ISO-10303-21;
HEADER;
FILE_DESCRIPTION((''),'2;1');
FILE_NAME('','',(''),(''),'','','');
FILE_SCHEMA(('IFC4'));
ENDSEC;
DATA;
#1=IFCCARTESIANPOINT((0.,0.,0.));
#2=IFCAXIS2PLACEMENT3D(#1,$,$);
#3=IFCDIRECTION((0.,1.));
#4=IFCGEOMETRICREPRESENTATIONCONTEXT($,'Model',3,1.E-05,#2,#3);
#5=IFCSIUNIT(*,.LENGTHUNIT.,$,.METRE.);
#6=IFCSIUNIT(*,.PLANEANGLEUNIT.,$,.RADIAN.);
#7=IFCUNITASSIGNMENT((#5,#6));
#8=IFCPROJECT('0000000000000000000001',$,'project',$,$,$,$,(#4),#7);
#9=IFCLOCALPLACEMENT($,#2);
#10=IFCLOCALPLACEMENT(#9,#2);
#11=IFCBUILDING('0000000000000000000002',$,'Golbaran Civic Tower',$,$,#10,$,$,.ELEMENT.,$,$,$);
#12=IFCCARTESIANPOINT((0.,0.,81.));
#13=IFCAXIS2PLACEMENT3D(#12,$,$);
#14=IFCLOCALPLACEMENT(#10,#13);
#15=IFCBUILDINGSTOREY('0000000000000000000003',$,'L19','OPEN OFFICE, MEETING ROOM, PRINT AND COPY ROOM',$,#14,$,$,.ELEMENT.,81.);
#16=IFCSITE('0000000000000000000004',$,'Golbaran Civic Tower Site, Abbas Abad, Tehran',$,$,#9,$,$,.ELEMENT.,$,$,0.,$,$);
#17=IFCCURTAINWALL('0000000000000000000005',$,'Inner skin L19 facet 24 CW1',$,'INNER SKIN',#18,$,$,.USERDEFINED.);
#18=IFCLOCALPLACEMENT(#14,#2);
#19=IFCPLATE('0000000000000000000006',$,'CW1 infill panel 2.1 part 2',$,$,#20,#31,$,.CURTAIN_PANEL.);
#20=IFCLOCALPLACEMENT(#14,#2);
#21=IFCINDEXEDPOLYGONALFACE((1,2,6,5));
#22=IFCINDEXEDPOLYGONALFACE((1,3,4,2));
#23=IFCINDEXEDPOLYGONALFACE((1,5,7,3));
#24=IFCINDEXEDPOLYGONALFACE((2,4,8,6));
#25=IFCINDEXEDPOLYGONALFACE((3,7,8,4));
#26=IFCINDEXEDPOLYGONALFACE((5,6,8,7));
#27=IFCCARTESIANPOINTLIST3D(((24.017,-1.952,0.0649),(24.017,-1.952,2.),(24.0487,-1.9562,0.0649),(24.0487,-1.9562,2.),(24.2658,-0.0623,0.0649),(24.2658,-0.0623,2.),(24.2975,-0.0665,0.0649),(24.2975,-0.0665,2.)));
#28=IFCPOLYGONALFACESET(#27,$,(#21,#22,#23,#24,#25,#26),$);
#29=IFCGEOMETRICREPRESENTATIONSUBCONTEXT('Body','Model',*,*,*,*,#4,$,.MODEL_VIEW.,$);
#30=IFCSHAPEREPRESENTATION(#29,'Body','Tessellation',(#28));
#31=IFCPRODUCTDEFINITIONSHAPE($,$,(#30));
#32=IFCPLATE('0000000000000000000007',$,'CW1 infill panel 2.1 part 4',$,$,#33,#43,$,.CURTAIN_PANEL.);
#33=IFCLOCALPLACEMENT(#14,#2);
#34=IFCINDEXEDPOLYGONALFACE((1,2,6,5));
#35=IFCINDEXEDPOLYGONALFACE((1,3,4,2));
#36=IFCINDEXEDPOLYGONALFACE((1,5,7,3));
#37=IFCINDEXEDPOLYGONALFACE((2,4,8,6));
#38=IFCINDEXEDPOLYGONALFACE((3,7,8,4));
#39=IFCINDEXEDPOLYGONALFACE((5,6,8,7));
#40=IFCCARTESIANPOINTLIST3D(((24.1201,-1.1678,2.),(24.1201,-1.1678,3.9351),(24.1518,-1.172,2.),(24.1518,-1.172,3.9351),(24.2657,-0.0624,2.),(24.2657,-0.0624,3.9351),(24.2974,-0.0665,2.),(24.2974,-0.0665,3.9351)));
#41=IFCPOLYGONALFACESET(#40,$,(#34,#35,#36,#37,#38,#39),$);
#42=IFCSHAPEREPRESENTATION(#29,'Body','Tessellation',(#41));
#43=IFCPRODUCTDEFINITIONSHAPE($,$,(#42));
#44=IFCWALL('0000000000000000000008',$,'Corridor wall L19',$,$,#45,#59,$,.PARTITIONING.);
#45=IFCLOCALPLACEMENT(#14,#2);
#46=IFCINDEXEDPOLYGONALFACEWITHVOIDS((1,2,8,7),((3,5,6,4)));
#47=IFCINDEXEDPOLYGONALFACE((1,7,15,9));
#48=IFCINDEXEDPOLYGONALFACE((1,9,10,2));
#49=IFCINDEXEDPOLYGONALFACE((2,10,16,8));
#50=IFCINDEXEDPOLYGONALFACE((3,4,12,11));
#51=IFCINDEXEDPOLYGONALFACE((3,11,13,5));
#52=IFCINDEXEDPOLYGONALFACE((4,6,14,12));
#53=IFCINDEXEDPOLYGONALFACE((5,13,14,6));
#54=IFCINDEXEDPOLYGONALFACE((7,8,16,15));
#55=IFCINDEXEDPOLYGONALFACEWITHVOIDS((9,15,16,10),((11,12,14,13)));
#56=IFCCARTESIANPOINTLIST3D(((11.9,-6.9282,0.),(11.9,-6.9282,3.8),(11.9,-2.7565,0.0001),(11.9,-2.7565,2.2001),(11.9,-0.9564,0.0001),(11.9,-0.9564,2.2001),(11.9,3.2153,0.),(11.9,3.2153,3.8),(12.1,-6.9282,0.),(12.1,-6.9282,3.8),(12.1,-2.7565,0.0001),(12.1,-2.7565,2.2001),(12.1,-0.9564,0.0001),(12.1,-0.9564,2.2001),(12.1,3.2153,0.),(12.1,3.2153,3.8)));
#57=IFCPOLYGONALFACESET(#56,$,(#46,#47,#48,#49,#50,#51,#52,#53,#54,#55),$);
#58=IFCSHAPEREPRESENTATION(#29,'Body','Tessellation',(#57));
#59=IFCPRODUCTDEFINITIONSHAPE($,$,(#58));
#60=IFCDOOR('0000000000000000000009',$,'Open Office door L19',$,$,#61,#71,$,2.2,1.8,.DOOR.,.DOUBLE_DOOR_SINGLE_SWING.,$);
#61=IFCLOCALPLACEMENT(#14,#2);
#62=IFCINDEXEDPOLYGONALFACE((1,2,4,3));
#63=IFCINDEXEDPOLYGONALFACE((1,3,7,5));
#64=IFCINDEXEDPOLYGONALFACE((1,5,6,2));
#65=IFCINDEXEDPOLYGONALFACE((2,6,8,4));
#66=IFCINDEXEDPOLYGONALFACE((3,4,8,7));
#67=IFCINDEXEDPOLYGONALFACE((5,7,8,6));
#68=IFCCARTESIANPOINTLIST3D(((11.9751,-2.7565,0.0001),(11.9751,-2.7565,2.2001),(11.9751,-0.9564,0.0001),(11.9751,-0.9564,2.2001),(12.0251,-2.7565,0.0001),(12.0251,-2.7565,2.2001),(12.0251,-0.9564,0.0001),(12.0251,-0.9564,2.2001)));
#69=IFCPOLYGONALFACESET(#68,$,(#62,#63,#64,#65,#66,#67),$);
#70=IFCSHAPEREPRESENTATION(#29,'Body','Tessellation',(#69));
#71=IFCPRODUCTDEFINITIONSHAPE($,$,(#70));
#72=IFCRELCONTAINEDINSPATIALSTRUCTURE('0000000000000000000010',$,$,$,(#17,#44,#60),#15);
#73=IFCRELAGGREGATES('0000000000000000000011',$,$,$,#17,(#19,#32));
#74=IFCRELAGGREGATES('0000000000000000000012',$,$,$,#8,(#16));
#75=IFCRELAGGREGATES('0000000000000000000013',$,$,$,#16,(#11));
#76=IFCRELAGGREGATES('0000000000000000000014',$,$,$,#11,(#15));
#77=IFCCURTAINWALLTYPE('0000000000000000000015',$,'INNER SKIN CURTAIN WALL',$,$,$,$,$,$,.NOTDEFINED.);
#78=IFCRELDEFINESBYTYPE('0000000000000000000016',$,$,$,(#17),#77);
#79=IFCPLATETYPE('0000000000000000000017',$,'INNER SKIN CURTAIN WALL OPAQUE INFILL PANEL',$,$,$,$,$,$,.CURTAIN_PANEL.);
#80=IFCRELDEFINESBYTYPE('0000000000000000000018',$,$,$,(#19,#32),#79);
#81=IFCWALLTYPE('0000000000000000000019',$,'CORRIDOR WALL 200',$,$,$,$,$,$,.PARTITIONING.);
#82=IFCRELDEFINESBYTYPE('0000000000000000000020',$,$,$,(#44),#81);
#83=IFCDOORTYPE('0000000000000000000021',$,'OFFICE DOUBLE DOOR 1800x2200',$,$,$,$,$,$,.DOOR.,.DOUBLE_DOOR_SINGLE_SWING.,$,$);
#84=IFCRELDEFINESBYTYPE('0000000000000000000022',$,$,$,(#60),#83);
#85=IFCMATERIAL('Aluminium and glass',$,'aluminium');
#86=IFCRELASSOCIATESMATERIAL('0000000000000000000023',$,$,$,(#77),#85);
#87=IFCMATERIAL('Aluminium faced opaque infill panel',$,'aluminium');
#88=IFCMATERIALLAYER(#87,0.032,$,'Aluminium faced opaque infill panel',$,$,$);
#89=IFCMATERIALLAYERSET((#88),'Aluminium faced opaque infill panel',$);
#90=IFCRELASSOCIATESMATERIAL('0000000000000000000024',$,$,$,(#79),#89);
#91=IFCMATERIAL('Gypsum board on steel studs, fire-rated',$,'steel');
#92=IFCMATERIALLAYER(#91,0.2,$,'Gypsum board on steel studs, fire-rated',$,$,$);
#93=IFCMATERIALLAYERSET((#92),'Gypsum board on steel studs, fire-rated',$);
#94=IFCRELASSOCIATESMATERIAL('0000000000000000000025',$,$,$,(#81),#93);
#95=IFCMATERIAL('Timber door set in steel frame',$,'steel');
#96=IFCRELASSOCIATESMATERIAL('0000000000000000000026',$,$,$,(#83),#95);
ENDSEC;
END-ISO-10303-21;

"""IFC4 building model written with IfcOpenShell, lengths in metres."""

from ifc_helpers import new_model, si_unit, direction, frame, frame_2d, origin, origin_2d, place, context, subcontext, project, spatial, rectangle, extrude, material, layer, layer_set, type_object, element, fill, aggregate, save


model = new_model("IFC4")

# Units and contexts
model_context = context("Model", 3, precision=1e-05, world=origin(), true_north=direction((0.0, 1.0)))
body_context = subcontext(model_context, "Body", "Model", "MODEL_VIEW")
ifc_project = project(units=[si_unit("LENGTHUNIT", "METRE"), si_unit("PLANEANGLEUNIT", "RADIAN")], contexts=[model_context])

# Site, building, storey
site_placement = place(None, origin())
site = spatial("IfcSite", under=ifc_project, at=site_placement, Name="Golbaran Civic Tower Site, Abbas Abad, Tehran", CompositionType="ELEMENT", RefElevation=0.0)
building_placement = place(site_placement, origin())
building = spatial("IfcBuilding", under=site, at=building_placement, Name="Golbaran Civic Tower", CompositionType="ELEMENT")
storey_placement = place(building_placement, frame((0.0, 0.0, 81.0)))
storey = spatial("IfcBuildingStorey", under=building, at=storey_placement, Name="L19", Description="OPEN OFFICE, MEETING ROOM, PRINT AND COPY ROOM", CompositionType="ELEMENT", Elevation=81.0)

# Curtain wall
ifc_material_1 = material(Name="Aluminium and glass", Category="aluminium")
curtain_wall_type = type_object("IfcCurtainWallType", Name="INNER SKIN CURTAIN WALL", PredefinedType="NOTDEFINED", material=ifc_material_1)
curtain_wall_1_placement = place(storey_placement, origin())
curtain_wall_1 = element("IfcCurtainWall", 1, at=curtain_wall_1_placement, inside=storey, type_object=curtain_wall_type, Name="Inner skin L19 facet 24 CW1", ObjectType="INNER SKIN", PredefinedType="USERDEFINED")

# Plates
ifc_material_2 = material(Name="Aluminium faced opaque infill panel", Category="aluminium")
ifc_layer_1 = layer(ifc_material_2, 0.032, Name="Aluminium faced opaque infill panel")
ifc_layer_set_1 = layer_set([ifc_layer_1], Name="Aluminium faced opaque infill panel")
plate_type_1 = type_object("IfcPlateType", Name="INNER SKIN CURTAIN WALL OPAQUE INFILL PANEL", PredefinedType="CURTAIN_PANEL", material=ifc_layer_set_1)
plate_1_placement = place(storey_placement, frame((24.1572, -1.0093, 0.0649), z_axis=(0.0, 0.0, 1.0), x_axis=(0.130526, 0.991445, 0.0)))
plate_1 = element("IfcPlate", 2, at=plate_1_placement, type_object=plate_type_1, Name="CW1 infill panel 2.1 part 2", PredefinedType="CURTAIN_PANEL", context=body_context, shape_type="SweptSolid", body=[
    extrude(rectangle(XDim=1.906, YDim=0.032, at=origin_2d()), origin(), (0.0, 0.0, 1.0), 1.9351),
])
plate_2_placement = place(storey_placement, frame((24.2087, -0.6172, 2.0), z_axis=(0.0, 0.0, 1.0), x_axis=(0.130526, 0.991445, 0.0)))
plate_2 = element("IfcPlate", 3, at=plate_2_placement, type_object=plate_type_1, Name="CW1 infill panel 2.1 part 4", PredefinedType="CURTAIN_PANEL", context=body_context, shape_type="SweptSolid", body=[
    extrude(rectangle(XDim=1.115, YDim=0.032, at=origin_2d()), origin(), (0.0, 0.0, 1.0), 1.9351),
])
aggregate(curtain_wall_1, [plate_1, plate_2])

# Wall, opening, door
ifc_material_3 = material(Name="Gypsum board on steel studs, fire-rated", Category="steel")
ifc_layer_2 = layer(ifc_material_3, 0.2, Name="Gypsum board on steel studs, fire-rated")
ifc_layer_set_2 = layer_set([ifc_layer_2], Name="Gypsum board on steel studs, fire-rated")
wall_type = type_object("IfcWallType", Name="CORRIDOR WALL 200", PredefinedType="PARTITIONING", material=ifc_layer_set_2)
wall_placement = place(storey_placement, frame((12.0, -6.9282, 0.0), z_axis=(0.0, 0.0, 1.0), x_axis=(0.0, 1.0, 0.0)))
wall = element("IfcWall", 4, at=wall_placement, inside=storey, type_object=wall_type, Name="Corridor wall L19", PredefinedType="PARTITIONING", context=body_context, shape_type="SweptSolid", body=[
    extrude(rectangle(XDim=10.1436, YDim=0.2, at=frame_2d((5.0718, 0.0))), origin(), (0.0, 0.0, 1.0), 3.8),
])
opening_placement = place(wall_placement, frame((4.1719, 0.0, 0.0)))
opening = element("IfcOpeningElement", 5, at=opening_placement, cuts=wall, PredefinedType="OPENING", context=body_context, shape_type="SweptSolid", body=[
    extrude(rectangle(XDim=1.8, YDim=2.2, at=frame_2d((0.8999, 1.1001))), frame((0.0, 0.1099, 0.0), z_axis=(0.0, -1.0, 0.0), x_axis=(1.0, 0.0, 0.0)), (0.0, 0.0, 1.0), 0.22),
])
ifc_material_4 = material(Name="Timber door set in steel frame", Category="steel")
door_type = type_object("IfcDoorType", Name="OFFICE DOUBLE DOOR 1800x2200", OperationType="DOUBLE_DOOR_SINGLE_SWING", PredefinedType="DOOR", material=ifc_material_4)
door_placement = place(opening_placement, origin())
door = element("IfcDoor", 6, at=door_placement, inside=storey, type_object=door_type, Name="Open Office door L19", OperationType="DOUBLE_DOOR_SINGLE_SWING", OverallHeight=2.2, OverallWidth=1.8, PredefinedType="DOOR", context=body_context, shape_type="SweptSolid", body=[
    extrude(rectangle(XDim=1.8, YDim=2.2, at=frame_2d((0.8999, 1.1001))), frame((0.0, 0.0249, 0.0), z_axis=(0.0, -1.0, 0.0), x_axis=(1.0, 0.0, 0.0)), (0.0, 0.0, 1.0), 0.05),
])
fill(opening, door)

save(model, "model.ifc")
